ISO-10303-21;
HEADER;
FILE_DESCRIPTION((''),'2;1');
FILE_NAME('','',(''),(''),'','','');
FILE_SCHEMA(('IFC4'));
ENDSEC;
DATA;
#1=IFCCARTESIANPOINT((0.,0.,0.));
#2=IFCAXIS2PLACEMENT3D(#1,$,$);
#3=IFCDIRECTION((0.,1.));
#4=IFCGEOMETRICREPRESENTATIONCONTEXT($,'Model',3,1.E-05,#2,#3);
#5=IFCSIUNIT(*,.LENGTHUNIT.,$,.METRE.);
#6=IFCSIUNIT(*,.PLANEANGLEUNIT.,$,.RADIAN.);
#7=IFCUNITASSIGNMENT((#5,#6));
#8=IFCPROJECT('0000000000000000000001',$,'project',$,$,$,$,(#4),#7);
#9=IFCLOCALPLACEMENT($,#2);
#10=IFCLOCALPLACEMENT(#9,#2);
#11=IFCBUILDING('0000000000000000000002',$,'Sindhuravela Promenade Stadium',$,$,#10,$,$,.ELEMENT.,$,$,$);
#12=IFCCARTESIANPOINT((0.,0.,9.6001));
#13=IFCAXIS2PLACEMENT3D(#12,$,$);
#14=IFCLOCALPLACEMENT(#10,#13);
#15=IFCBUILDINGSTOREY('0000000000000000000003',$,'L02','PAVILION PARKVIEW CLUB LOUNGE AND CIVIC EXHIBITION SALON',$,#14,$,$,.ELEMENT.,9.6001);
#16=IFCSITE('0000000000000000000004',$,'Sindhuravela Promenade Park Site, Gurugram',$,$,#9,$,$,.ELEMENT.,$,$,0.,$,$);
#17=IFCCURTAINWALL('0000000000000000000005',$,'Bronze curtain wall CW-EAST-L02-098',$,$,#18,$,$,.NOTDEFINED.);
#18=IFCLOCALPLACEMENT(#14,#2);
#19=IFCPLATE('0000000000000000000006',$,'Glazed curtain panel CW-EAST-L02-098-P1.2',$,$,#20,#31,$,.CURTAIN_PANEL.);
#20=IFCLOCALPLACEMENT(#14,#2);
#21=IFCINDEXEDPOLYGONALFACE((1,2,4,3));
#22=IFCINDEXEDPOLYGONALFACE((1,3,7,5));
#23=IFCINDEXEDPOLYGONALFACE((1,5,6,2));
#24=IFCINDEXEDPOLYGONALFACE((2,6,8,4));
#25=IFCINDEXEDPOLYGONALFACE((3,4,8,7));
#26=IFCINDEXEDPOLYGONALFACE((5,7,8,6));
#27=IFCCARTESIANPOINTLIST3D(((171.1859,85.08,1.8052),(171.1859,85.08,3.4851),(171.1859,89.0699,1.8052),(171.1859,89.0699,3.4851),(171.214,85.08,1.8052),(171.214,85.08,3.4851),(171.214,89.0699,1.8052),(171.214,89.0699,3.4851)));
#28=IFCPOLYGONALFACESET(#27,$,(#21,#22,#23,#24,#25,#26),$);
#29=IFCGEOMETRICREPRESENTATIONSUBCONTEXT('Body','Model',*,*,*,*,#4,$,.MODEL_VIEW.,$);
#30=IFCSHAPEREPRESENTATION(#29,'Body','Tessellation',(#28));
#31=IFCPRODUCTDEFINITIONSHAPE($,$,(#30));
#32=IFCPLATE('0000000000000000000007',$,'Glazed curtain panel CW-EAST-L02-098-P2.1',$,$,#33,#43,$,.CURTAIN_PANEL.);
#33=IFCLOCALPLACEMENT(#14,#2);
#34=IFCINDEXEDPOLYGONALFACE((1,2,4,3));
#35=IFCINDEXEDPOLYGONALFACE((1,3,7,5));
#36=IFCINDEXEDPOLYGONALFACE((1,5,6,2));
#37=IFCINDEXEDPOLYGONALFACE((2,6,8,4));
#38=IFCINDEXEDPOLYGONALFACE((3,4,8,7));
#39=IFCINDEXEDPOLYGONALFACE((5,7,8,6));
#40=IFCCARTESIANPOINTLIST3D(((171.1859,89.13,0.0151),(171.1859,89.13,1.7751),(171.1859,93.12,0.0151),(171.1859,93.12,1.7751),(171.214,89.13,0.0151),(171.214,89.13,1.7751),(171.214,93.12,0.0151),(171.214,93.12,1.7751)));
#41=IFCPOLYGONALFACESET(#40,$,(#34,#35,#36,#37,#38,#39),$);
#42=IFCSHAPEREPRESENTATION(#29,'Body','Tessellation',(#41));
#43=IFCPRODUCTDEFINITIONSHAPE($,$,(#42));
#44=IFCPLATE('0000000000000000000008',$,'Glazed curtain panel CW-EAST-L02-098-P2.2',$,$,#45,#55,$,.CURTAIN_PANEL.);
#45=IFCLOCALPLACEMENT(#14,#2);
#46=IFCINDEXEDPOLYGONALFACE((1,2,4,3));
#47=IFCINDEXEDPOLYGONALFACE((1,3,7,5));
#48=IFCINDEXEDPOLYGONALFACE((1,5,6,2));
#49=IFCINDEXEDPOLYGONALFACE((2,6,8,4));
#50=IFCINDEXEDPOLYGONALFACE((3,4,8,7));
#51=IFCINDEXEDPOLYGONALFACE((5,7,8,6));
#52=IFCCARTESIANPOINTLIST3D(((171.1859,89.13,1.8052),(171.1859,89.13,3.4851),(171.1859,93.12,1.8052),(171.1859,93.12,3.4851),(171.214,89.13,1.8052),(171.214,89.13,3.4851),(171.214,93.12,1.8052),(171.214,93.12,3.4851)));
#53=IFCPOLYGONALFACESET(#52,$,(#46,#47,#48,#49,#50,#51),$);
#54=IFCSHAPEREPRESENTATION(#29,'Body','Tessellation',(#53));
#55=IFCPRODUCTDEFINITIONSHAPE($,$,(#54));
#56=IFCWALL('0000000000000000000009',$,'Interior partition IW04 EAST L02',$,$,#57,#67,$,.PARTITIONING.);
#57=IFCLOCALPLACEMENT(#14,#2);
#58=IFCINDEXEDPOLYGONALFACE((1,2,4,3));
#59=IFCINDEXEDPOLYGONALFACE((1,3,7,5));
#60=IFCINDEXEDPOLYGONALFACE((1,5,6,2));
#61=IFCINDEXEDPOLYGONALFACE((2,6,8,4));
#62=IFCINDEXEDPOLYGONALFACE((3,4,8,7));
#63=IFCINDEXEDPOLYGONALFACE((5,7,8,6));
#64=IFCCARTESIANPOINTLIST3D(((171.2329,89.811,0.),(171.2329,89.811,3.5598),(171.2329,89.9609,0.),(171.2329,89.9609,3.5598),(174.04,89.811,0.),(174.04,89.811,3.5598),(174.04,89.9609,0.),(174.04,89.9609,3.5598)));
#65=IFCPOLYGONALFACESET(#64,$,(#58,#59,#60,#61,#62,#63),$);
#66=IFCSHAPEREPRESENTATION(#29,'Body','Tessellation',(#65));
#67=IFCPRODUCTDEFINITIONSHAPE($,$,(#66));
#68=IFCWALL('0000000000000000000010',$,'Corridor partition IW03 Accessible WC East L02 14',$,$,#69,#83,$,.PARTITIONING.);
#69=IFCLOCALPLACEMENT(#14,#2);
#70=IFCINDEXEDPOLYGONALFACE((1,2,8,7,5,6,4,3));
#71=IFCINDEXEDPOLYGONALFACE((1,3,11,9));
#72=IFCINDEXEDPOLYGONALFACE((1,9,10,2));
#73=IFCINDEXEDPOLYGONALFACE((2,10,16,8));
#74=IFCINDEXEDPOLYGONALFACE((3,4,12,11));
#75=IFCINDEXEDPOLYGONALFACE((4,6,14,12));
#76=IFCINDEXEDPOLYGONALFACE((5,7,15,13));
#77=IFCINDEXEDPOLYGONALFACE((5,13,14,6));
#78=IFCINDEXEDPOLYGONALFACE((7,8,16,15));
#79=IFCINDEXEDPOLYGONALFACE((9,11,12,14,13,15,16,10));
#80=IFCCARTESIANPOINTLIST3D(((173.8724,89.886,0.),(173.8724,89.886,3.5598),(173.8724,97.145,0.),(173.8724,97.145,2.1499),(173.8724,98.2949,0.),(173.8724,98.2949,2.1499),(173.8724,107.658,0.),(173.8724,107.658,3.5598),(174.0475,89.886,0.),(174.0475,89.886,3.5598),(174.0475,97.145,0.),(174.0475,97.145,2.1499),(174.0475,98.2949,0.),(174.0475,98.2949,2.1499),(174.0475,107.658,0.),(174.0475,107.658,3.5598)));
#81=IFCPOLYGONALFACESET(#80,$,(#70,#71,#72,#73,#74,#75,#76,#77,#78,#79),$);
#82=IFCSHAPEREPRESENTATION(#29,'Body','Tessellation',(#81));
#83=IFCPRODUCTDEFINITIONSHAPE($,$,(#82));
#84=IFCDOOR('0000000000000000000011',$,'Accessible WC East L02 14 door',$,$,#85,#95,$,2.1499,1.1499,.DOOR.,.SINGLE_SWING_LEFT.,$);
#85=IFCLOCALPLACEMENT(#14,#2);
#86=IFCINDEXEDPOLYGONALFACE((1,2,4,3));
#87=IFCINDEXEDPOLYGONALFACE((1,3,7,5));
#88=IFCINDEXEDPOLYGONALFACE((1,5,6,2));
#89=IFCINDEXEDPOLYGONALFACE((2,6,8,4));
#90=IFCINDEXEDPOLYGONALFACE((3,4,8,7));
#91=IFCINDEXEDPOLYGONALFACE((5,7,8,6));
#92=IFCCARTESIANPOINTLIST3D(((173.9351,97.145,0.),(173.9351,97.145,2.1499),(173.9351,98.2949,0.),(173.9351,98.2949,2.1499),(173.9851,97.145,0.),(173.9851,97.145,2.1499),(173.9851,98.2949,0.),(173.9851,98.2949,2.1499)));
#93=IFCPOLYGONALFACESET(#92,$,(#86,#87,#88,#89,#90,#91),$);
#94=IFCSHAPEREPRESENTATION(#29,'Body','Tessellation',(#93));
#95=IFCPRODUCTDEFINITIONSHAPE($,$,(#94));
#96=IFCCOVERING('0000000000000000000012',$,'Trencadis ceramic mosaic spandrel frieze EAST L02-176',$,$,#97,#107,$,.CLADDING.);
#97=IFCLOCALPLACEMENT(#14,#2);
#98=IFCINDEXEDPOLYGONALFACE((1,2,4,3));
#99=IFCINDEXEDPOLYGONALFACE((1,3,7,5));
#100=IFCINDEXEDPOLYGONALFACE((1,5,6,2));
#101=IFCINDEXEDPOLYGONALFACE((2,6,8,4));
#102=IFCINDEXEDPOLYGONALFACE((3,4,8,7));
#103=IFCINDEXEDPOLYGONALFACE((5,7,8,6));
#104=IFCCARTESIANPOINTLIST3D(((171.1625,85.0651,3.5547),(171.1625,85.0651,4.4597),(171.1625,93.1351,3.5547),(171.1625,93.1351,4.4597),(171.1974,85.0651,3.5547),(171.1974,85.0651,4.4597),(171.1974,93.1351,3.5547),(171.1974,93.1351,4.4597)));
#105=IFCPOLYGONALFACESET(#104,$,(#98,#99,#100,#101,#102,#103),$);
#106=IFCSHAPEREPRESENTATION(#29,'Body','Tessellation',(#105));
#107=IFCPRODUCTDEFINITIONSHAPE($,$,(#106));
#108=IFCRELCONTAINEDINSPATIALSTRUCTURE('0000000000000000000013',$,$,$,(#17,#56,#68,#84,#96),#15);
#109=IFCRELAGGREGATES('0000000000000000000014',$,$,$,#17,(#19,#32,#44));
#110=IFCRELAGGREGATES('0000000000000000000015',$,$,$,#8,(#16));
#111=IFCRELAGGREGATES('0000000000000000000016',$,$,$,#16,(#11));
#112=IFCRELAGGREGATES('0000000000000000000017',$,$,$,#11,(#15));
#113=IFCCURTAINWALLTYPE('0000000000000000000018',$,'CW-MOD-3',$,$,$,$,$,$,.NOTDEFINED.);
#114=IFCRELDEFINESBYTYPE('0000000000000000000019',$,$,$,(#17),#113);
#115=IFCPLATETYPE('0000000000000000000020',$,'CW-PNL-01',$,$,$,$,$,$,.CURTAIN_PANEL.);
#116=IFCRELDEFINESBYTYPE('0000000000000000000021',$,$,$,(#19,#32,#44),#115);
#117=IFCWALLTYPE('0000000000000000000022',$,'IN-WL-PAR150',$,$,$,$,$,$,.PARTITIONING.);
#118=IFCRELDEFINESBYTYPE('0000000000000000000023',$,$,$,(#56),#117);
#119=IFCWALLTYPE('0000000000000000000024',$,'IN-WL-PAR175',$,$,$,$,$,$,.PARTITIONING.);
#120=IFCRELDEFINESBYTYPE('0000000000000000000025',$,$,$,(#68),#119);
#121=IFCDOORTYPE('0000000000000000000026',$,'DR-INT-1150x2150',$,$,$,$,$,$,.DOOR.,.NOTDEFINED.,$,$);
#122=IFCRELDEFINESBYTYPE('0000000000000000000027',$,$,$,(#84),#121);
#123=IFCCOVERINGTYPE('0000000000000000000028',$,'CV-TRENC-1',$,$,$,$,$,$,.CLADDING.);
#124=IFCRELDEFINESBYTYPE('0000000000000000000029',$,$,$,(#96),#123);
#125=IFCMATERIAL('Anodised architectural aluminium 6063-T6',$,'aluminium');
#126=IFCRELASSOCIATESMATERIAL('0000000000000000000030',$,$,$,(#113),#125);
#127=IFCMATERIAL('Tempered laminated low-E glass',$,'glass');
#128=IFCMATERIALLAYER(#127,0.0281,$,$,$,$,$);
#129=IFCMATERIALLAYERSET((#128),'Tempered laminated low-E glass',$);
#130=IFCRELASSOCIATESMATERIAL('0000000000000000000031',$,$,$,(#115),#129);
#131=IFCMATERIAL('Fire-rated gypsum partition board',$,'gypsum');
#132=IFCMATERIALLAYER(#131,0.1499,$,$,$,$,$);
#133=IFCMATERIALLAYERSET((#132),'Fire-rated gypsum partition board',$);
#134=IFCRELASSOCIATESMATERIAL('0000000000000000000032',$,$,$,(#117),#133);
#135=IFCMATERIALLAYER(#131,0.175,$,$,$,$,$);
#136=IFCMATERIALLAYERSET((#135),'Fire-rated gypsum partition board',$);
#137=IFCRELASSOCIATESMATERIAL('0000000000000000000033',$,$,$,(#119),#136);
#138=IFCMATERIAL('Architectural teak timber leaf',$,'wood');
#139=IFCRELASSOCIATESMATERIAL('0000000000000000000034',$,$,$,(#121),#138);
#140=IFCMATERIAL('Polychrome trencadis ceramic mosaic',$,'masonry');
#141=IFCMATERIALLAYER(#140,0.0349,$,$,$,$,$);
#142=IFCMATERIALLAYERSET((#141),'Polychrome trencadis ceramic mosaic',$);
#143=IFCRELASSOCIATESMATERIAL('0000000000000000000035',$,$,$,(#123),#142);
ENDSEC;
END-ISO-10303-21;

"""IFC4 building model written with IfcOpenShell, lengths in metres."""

from ifc_helpers import new_model, si_unit, direction, frame, frame_2d, origin, origin_2d, place, context, subcontext, project, spatial, rectangle, extrude, material, layer, layer_set, type_object, element, fill, aggregate, save


model = new_model("IFC4")

# Units and contexts
model_context = context("Model", 3, precision=1e-05, world=origin(), true_north=direction((0.0, 1.0)))
body_context = subcontext(model_context, "Body", "Model", "MODEL_VIEW")
ifc_project = project(units=[si_unit("LENGTHUNIT", "METRE"), si_unit("PLANEANGLEUNIT", "RADIAN")], contexts=[model_context])

# Site, building, storey
site_placement = place(None, origin())
site = spatial("IfcSite", under=ifc_project, at=site_placement, Name="Sindhuravela Promenade Park Site, Gurugram", CompositionType="ELEMENT", RefElevation=0.0)
building_placement = place(site_placement, origin())
building = spatial("IfcBuilding", under=site, at=building_placement, Name="Sindhuravela Promenade Stadium", CompositionType="ELEMENT")
storey_placement = place(building_placement, frame((0.0, 0.0, 9.6001)))
storey = spatial("IfcBuildingStorey", under=building, at=storey_placement, Name="L02", Description="PAVILION PARKVIEW CLUB LOUNGE AND CIVIC EXHIBITION SALON", CompositionType="ELEMENT", Elevation=9.6001)

# Curtain wall
ifc_material_1 = material(Name="Anodised architectural aluminium 6063-T6", Category="aluminium")
curtain_wall_type_1 = type_object("IfcCurtainWallType", Name="CW-MOD-3", PredefinedType="NOTDEFINED", material=ifc_material_1)
curtain_wall_1_placement = place(storey_placement, origin())
curtain_wall_1 = element("IfcCurtainWall", 1, at=curtain_wall_1_placement, inside=storey, type_object=curtain_wall_type_1, Name="Bronze curtain wall CW-EAST-L02-098", PredefinedType="NOTDEFINED")

# Plates
ifc_material_2 = material(Name="Tempered laminated low-E glass", Category="glass")
ifc_layer_1 = layer(ifc_material_2, 0.0281)
ifc_layer_set_1 = layer_set([ifc_layer_1], Name="Tempered laminated low-E glass")
plate_type_1 = type_object("IfcPlateType", Name="CW-PNL-01", PredefinedType="CURTAIN_PANEL", material=ifc_layer_set_1)
plate_1_placement = place(storey_placement, frame((171.2, 87.075, 1.8052), z_axis=(0.0, 0.0, 1.0), x_axis=(0.0, 1.0, 0.0)))
plate_1 = element("IfcPlate", 2, at=plate_1_placement, type_object=plate_type_1, Name="Glazed curtain panel CW-EAST-L02-098-P1.2", PredefinedType="CURTAIN_PANEL", context=body_context, shape_type="SweptSolid", body=[
    extrude(rectangle(XDim=3.99, YDim=0.0281, at=origin_2d()), origin(), (0.0, 0.0, 1.0), 1.6799),
])
plate_2_placement = place(storey_placement, frame((171.2, 91.125, 0.0151), z_axis=(0.0, 0.0, 1.0), x_axis=(0.0, 1.0, 0.0)))
plate_2 = element("IfcPlate", 3, at=plate_2_placement, type_object=plate_type_1, Name="Glazed curtain panel CW-EAST-L02-098-P2.1", PredefinedType="CURTAIN_PANEL", context=body_context, shape_type="SweptSolid", body=[
    extrude(rectangle(XDim=3.99, YDim=0.0281, at=origin_2d()), origin(), (0.0, 0.0, 1.0), 1.76),
])
plate_3_placement = place(storey_placement, frame((171.2, 91.125, 1.8052), z_axis=(0.0, 0.0, 1.0), x_axis=(0.0, 1.0, 0.0)))
plate_3 = element("IfcPlate", 4, at=plate_3_placement, type_object=plate_type_1, Name="Glazed curtain panel CW-EAST-L02-098-P2.2", PredefinedType="CURTAIN_PANEL", context=body_context, shape_type="SweptSolid", body=[
    extrude(rectangle(XDim=3.99, YDim=0.0281, at=origin_2d()), origin(), (0.0, 0.0, 1.0), 1.6799),
])
aggregate(curtain_wall_1, [plate_1, plate_2, plate_3])

# Wall
ifc_material_3 = material(Name="Fire-rated gypsum partition board", Category="gypsum")
ifc_layer_2 = layer(ifc_material_3, 0.1499)
ifc_layer_set_2 = layer_set([ifc_layer_2], Name="Fire-rated gypsum partition board")
wall_type_1 = type_object("IfcWallType", Name="IN-WL-PAR150", PredefinedType="PARTITIONING", material=ifc_layer_set_2)
wall_1_placement = place(storey_placement, frame((174.04, 89.886, 0.0), z_axis=(0.0, 0.0, 1.0), x_axis=(-1.0, 0.0, 0.0)))
element("IfcWall", 5, at=wall_1_placement, inside=storey, type_object=wall_type_1, Name="Interior partition IW04 EAST L02", PredefinedType="PARTITIONING", context=body_context, shape_type="SweptSolid", body=[
    extrude(rectangle(XDim=2.8071, YDim=0.1499, at=frame_2d((1.4036, 0.0))), origin(), (0.0, 0.0, 1.0), 3.5598),
])

# Wall, opening, door
ifc_layer_3 = layer(ifc_material_3, 0.175)
ifc_layer_set_3 = layer_set([ifc_layer_3], Name="Fire-rated gypsum partition board")
wall_type_2 = type_object("IfcWallType", Name="IN-WL-PAR175", PredefinedType="PARTITIONING", material=ifc_layer_set_3)
wall_2_placement = place(storey_placement, frame((173.96, 89.886, 0.0), z_axis=(0.0, 0.0, 1.0), x_axis=(0.0, 1.0, 0.0)))
wall_2 = element("IfcWall", 6, at=wall_2_placement, inside=storey, type_object=wall_type_2, Name="Corridor partition IW03 Accessible WC East L02 14", PredefinedType="PARTITIONING", context=body_context, shape_type="SweptSolid", body=[
    extrude(rectangle(XDim=17.772, YDim=0.175, at=frame_2d((8.886, 0.0))), origin(), (0.0, 0.0, 1.0), 3.5598),
])
opening_placement = place(wall_2_placement, frame((7.259, 0.0, 0.0)))
opening = element("IfcOpeningElement", 7, at=opening_placement, cuts=wall_2, PredefinedType="OPENING", context=body_context, shape_type="SweptSolid", body=[
    extrude(rectangle(XDim=1.1499, YDim=2.1499, at=frame_2d((0.575, 1.075))), frame((0.0, 0.0974, 0.0), z_axis=(0.0, -1.0, 0.0), x_axis=(1.0, 0.0, 0.0)), (0.0, 0.0, 1.0), 0.1951),
])
ifc_material_4 = material(Name="Architectural teak timber leaf", Category="wood")
door_type = type_object("IfcDoorType", Name="DR-INT-1150x2150", OperationType="NOTDEFINED", PredefinedType="DOOR", material=ifc_material_4)
door_placement = place(opening_placement, origin())
door = element("IfcDoor", 8, at=door_placement, inside=storey, type_object=door_type, Name="Accessible WC East L02 14 door", OperationType="SINGLE_SWING_LEFT", OverallHeight=2.1499, OverallWidth=1.1499, PredefinedType="DOOR", context=body_context, shape_type="SweptSolid", body=[
    extrude(rectangle(XDim=1.1499, YDim=2.1499, at=frame_2d((0.575, 1.075))), frame((0.0, 0.0249, 0.0), z_axis=(0.0, -1.0, 0.0), x_axis=(1.0, 0.0, 0.0)), (0.0, 0.0, 1.0), 0.05),
])
fill(opening, door)

# Covering
ifc_material_5 = material(Name="Polychrome trencadis ceramic mosaic", Category="masonry")
ifc_layer_4 = layer(ifc_material_5, 0.0349)
ifc_layer_set_4 = layer_set([ifc_layer_4], Name="Polychrome trencadis ceramic mosaic")
covering_type = type_object("IfcCoveringType", Name="CV-TRENC-1", PredefinedType="CLADDING", material=ifc_layer_set_4)
covering_placement = place(storey_placement, frame((171.1799, 89.1001, 3.5547), z_axis=(0.0, 0.0, 1.0), x_axis=(0.0, 1.0, 0.0)))
element("IfcCovering", 9, at=covering_placement, inside=storey, type_object=covering_type, Name="Trencadis ceramic mosaic spandrel frieze EAST L02-176", PredefinedType="CLADDING", context=body_context, shape_type="SweptSolid", body=[
    extrude(rectangle(XDim=8.0701, YDim=0.0349, at=origin_2d()), origin(), (0.0, 0.0, 1.0), 0.905),
])

save(model, "model.ifc")
